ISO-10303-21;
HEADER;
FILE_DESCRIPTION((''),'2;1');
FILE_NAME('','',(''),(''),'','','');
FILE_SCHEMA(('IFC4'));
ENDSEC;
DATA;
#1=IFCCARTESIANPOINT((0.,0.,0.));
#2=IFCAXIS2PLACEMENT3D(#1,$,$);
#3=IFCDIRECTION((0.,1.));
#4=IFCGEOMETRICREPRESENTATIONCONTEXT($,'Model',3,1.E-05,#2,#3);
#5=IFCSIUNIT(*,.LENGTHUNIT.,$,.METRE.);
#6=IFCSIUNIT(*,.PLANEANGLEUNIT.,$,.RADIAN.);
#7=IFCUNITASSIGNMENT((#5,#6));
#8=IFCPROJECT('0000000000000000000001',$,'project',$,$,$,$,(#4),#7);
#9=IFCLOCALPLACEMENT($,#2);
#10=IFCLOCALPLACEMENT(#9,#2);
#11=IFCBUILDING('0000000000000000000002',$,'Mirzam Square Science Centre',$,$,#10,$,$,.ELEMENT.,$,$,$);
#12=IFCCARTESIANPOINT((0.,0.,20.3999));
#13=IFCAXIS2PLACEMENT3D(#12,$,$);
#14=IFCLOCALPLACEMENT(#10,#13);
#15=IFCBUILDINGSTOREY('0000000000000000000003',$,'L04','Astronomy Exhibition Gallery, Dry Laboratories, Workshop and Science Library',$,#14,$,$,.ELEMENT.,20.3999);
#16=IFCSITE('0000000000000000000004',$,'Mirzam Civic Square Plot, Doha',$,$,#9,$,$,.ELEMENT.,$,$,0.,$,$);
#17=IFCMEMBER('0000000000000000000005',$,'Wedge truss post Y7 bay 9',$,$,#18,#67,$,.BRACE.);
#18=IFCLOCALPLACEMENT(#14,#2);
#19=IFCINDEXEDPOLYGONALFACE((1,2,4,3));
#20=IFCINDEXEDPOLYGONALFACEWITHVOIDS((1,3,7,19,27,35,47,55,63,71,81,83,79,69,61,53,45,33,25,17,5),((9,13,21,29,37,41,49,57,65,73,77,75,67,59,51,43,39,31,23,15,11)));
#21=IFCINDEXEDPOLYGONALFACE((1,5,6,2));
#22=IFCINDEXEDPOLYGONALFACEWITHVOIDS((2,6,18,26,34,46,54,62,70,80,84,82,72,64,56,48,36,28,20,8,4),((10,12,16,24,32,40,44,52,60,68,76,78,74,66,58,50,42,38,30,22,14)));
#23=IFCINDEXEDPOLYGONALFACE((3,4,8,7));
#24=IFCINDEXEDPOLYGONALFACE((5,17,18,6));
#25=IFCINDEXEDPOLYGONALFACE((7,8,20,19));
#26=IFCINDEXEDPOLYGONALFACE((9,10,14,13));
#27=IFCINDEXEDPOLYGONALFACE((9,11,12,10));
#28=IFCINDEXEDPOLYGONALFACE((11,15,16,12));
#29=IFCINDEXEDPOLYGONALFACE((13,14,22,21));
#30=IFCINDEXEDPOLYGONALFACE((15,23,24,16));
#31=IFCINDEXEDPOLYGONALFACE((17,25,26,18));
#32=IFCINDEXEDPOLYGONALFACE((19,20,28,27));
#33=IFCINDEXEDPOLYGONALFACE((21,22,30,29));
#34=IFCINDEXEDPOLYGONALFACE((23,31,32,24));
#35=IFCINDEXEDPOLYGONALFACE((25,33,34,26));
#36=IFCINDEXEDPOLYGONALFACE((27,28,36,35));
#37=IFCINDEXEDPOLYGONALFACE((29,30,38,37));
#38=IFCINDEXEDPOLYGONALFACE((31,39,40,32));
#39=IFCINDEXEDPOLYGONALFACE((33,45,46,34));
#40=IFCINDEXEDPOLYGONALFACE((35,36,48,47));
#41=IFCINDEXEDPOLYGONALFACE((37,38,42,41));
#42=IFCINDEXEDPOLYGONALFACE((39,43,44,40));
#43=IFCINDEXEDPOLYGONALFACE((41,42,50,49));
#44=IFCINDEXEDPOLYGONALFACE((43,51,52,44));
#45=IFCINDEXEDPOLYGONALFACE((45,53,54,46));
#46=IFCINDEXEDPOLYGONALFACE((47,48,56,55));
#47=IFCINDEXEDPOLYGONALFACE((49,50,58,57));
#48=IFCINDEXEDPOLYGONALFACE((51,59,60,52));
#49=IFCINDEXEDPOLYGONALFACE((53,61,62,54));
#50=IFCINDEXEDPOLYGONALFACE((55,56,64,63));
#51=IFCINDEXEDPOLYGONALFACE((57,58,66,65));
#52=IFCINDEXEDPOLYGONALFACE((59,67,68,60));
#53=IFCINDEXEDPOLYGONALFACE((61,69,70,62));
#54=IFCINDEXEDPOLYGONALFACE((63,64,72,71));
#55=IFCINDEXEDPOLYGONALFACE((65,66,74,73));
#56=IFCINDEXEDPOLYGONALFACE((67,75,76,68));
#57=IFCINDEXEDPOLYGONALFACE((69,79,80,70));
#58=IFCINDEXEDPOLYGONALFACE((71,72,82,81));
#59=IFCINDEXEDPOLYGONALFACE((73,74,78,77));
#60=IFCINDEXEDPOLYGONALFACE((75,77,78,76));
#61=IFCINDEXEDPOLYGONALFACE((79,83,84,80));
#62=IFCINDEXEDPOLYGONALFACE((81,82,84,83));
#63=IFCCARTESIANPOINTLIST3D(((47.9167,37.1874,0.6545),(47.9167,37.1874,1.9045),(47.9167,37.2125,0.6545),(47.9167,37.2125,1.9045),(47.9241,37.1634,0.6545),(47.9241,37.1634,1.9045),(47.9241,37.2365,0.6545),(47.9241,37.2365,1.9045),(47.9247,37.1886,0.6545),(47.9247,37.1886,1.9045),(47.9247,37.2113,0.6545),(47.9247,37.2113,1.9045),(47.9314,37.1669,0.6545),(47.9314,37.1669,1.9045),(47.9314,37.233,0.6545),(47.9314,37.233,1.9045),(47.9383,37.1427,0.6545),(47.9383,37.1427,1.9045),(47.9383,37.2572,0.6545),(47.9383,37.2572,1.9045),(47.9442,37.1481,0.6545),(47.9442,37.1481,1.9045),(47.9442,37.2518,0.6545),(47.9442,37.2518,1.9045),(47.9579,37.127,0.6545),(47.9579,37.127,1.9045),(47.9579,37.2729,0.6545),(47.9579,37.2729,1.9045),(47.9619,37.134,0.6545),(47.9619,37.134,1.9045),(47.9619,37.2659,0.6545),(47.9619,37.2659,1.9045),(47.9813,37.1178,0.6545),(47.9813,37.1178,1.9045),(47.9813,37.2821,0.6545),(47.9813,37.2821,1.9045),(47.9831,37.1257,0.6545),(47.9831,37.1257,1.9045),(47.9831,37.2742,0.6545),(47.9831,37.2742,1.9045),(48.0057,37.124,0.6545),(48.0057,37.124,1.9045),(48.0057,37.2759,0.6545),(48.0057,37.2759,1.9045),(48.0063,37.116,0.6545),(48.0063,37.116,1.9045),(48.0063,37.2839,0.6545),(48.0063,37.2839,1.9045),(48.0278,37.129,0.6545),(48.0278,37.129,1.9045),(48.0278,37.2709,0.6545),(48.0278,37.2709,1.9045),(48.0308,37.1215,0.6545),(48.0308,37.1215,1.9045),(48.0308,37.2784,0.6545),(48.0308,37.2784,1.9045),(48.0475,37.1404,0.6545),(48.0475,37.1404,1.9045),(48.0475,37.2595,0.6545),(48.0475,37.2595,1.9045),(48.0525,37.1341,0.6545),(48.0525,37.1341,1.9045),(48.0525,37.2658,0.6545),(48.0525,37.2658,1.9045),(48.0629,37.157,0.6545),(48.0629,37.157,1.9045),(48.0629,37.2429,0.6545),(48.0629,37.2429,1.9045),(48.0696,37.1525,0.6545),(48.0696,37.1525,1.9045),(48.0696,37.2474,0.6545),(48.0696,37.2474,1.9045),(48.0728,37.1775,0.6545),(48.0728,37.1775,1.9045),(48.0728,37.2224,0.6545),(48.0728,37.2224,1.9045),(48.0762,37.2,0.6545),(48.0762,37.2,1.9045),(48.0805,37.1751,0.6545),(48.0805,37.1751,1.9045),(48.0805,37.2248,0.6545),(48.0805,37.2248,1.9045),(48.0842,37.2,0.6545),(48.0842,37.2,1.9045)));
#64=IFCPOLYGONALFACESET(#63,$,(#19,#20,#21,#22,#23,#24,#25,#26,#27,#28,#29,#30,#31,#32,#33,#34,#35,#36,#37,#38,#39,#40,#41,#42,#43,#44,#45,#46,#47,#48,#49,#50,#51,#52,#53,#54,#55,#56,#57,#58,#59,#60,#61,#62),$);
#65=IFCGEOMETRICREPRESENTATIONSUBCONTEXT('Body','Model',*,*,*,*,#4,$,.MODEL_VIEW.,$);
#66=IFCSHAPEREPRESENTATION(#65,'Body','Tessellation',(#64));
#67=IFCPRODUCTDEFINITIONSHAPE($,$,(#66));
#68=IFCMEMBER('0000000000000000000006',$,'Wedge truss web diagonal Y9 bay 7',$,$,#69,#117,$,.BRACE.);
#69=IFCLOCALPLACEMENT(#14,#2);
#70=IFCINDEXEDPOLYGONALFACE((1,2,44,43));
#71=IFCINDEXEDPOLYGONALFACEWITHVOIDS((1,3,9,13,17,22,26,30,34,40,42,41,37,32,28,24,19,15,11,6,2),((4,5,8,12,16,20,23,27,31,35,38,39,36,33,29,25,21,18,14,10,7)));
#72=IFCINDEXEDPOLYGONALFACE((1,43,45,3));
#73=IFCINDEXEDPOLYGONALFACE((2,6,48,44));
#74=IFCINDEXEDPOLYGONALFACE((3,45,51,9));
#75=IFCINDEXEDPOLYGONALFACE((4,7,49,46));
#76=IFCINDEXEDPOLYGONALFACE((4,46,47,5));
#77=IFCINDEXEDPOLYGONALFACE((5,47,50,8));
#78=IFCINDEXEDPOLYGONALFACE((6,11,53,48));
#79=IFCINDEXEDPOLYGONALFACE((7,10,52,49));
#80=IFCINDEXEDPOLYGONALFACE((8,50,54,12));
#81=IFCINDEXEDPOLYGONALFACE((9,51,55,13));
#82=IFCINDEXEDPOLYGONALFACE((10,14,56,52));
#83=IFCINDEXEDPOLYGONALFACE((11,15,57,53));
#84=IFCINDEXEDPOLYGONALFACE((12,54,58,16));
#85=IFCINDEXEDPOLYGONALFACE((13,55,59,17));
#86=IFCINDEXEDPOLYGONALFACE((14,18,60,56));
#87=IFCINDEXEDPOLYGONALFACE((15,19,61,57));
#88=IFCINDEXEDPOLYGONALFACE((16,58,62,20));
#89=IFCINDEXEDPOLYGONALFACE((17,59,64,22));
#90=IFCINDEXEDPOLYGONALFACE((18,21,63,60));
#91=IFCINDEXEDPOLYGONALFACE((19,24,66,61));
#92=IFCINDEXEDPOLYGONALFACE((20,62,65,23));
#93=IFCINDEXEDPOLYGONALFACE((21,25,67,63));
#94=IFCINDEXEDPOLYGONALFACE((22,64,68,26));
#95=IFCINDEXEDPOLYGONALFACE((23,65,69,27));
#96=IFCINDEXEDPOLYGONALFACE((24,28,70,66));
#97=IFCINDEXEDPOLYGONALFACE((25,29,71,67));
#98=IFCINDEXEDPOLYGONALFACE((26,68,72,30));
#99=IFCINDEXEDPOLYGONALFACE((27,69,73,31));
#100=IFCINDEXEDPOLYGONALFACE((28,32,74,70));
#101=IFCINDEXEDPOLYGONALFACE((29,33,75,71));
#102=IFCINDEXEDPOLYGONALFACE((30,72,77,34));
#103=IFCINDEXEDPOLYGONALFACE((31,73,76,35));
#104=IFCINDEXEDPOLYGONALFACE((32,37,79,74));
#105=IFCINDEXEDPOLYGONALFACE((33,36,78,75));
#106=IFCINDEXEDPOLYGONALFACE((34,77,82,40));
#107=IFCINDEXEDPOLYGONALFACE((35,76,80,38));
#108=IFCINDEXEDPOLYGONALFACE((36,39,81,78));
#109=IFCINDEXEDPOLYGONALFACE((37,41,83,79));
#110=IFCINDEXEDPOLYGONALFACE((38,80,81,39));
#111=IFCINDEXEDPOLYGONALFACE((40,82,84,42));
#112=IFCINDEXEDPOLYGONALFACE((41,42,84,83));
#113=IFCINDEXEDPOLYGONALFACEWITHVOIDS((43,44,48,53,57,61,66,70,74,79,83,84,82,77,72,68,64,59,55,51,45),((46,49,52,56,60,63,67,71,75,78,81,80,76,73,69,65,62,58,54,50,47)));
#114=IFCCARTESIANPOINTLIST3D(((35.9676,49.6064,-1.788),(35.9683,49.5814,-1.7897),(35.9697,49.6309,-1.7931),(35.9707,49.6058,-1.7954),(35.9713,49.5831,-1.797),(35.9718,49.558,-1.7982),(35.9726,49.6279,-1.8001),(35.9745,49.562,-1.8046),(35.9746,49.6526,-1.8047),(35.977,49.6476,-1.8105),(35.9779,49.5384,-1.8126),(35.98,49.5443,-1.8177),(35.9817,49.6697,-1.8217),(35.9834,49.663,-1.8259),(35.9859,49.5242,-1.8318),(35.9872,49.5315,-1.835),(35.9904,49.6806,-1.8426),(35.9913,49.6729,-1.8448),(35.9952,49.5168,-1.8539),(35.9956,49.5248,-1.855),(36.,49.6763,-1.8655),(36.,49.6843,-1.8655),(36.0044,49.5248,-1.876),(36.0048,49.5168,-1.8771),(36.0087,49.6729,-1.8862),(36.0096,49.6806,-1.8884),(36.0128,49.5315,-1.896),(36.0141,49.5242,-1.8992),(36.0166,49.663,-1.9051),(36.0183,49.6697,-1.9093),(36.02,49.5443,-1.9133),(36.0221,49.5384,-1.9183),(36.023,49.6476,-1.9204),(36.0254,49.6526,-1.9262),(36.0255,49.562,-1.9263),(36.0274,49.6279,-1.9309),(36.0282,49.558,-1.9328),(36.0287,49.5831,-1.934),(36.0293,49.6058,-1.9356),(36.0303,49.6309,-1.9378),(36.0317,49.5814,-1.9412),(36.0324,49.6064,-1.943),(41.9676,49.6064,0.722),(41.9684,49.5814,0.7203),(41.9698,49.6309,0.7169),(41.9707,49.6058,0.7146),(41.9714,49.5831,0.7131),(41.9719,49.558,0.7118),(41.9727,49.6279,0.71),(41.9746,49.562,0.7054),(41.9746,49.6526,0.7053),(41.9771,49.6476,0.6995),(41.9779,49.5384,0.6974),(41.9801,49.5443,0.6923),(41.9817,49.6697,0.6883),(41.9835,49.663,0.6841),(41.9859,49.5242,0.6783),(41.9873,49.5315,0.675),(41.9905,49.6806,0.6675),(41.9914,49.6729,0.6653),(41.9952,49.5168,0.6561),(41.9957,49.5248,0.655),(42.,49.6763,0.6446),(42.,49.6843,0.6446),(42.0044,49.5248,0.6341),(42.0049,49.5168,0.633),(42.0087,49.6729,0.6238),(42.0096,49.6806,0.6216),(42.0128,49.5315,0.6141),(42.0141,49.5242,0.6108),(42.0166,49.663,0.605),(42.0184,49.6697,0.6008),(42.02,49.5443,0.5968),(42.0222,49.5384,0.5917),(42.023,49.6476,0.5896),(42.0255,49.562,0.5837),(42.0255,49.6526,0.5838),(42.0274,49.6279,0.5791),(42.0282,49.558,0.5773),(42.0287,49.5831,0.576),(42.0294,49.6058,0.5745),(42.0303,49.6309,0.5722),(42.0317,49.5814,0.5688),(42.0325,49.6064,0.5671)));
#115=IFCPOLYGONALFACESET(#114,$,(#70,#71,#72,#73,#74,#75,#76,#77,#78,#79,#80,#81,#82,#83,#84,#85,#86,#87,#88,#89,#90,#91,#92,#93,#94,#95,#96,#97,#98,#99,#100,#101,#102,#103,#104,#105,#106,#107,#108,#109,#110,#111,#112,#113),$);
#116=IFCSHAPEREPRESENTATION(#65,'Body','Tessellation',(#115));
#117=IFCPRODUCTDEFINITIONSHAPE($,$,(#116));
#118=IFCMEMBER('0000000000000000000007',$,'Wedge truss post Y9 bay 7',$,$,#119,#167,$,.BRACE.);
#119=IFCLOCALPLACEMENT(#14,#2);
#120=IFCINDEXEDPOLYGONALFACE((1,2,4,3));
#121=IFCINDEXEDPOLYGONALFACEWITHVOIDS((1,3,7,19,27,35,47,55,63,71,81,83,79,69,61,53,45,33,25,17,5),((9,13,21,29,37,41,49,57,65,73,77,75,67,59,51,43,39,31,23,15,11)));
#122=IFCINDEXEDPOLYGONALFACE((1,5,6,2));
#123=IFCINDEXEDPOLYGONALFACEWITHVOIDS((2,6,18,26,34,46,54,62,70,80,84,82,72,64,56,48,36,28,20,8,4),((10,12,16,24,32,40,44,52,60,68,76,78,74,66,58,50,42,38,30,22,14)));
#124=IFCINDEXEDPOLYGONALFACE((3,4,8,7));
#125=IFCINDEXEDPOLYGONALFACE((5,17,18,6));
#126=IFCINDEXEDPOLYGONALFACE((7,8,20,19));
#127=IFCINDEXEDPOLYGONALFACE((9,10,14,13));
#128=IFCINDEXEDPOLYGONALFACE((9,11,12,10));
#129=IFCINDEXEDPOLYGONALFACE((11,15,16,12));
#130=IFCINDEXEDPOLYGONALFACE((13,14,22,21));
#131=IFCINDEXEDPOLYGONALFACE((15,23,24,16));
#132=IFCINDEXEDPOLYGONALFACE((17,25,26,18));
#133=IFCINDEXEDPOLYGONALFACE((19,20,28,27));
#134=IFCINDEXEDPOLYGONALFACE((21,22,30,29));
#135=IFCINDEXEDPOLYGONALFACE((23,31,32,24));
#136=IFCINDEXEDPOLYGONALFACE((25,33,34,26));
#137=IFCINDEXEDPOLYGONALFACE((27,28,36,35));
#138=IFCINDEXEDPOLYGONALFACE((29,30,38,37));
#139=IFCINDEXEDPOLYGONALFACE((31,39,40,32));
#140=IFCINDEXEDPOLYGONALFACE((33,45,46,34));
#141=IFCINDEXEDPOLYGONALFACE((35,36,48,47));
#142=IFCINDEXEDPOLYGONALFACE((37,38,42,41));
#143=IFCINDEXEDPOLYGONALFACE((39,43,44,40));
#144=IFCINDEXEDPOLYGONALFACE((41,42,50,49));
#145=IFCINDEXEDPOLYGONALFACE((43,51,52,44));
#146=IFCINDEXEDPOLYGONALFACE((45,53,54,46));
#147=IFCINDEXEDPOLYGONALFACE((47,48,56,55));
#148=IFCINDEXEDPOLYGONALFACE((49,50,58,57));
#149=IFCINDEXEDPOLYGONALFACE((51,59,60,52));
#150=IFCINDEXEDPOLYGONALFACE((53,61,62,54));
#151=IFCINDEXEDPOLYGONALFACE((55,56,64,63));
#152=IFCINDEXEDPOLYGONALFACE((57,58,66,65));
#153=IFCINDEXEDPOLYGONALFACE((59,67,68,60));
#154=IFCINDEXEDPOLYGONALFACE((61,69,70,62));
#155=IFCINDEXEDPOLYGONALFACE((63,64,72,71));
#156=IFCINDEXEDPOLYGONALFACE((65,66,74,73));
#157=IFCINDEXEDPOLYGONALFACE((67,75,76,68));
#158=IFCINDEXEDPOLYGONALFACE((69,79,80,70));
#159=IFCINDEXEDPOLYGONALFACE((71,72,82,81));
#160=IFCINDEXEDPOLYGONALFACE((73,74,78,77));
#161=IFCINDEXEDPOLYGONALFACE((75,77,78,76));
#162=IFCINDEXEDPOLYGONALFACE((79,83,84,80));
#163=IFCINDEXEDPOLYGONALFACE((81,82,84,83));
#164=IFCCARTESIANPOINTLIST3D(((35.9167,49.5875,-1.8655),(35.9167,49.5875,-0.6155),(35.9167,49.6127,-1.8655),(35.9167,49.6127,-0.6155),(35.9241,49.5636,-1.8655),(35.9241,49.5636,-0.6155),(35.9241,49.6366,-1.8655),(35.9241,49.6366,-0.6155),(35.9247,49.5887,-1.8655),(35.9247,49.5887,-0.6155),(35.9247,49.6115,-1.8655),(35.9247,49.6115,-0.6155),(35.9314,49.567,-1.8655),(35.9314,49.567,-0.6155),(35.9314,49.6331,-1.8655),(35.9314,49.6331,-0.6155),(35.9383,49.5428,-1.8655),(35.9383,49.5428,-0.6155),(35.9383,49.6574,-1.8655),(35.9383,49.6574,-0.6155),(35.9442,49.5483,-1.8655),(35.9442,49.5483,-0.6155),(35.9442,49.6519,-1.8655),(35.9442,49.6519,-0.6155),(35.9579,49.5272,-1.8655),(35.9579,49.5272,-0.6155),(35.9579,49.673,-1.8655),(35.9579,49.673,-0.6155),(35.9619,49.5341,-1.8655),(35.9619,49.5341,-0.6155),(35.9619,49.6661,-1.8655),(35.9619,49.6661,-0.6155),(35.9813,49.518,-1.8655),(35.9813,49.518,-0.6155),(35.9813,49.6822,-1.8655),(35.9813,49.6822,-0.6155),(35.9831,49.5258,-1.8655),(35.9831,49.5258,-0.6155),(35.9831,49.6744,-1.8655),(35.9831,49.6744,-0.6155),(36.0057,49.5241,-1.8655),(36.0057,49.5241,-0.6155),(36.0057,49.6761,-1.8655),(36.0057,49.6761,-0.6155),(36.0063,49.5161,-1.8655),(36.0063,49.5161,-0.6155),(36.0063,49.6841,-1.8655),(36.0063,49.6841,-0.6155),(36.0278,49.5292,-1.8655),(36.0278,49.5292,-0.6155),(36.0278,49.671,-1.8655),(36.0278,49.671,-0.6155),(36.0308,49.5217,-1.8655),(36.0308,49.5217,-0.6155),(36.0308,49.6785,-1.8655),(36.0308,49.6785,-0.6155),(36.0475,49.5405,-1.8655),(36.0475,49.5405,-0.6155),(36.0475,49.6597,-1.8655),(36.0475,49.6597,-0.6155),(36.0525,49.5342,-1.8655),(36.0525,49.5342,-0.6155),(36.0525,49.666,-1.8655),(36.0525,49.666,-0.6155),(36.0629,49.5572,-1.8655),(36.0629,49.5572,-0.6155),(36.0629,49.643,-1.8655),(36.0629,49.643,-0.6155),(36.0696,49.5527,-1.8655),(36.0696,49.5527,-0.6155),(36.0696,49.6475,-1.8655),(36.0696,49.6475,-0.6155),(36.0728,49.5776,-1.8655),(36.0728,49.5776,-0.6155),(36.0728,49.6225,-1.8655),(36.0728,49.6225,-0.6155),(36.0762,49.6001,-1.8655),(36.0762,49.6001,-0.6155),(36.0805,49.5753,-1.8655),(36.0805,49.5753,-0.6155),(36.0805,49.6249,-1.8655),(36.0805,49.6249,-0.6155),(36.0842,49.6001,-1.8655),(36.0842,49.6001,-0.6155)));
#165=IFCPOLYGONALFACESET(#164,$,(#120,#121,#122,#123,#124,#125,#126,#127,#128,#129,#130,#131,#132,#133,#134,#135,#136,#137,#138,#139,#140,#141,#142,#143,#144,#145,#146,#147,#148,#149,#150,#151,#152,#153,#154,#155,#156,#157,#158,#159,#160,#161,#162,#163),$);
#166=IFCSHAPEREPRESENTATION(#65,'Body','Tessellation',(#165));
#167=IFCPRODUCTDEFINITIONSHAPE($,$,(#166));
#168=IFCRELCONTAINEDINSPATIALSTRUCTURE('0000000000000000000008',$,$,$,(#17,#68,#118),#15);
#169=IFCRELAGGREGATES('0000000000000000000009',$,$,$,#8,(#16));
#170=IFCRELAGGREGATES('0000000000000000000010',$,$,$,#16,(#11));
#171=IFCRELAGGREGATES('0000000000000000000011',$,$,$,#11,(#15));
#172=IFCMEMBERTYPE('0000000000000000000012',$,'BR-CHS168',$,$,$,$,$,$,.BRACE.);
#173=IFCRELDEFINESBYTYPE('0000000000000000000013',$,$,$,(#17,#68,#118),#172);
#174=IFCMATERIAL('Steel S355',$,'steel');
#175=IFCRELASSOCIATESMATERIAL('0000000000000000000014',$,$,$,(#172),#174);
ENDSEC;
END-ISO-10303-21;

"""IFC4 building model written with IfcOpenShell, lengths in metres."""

from ifc_helpers import new_model, si_unit, direction, frame, origin, origin_2d, place, context, subcontext, project, spatial, hollow_circle, extrude, material, material_profile, profile_set, type_object, element, save


model = new_model("IFC4")

# Units and contexts
model_context = context("Model", 3, precision=1e-05, world=origin(), true_north=direction((0.0, 1.0)))
body_context = subcontext(model_context, "Body", "Model", "MODEL_VIEW")
ifc_project = project(units=[si_unit("LENGTHUNIT", "METRE"), si_unit("PLANEANGLEUNIT", "RADIAN")], contexts=[model_context])

# Site, building, storey
site_placement = place(None, origin())
site = spatial("IfcSite", under=ifc_project, at=site_placement, Name="Mirzam Civic Square Plot, Doha", CompositionType="ELEMENT", RefElevation=0.0)
building_placement = place(site_placement, origin())
building = spatial("IfcBuilding", under=site, at=building_placement, Name="Mirzam Square Science Centre", CompositionType="ELEMENT")
storey_placement = place(building_placement, frame((0.0, 0.0, 20.3999)))
storey = spatial("IfcBuildingStorey", under=building, at=storey_placement, Name="L04", Description="Astronomy Exhibition Gallery, Dry Laboratories, Workshop and Science Library", CompositionType="ELEMENT", Elevation=20.3999)

# Members
ifc_material_1 = material(Name="Steel S355", Category="steel")
ifc_material_profile_1 = material_profile(ifc_material_1, hollow_circle(Radius=0.0842, WallThickness=0.0081, at=origin_2d()), Name="168.3x8.0CHS")
ifc_profile_set_1 = profile_set([ifc_material_profile_1], Name="Steel S355")
member_type_1 = type_object("IfcMemberType", Name="BR-CHS168", PredefinedType="BRACE", material=ifc_profile_set_1)
member_1_placement = place(storey_placement, frame((48.0, 37.2, 0.6545), z_axis=(0.0, 0.0, 1.0), x_axis=(1.0, 0.0, 0.0)))
element("IfcMember", 1, at=member_1_placement, inside=storey, type_object=member_type_1, Name="Wedge truss post Y7 bay 9", PredefinedType="BRACE", context=body_context, shape_type="SweptSolid", body=[
    extrude(hollow_circle(Radius=0.0842, WallThickness=0.0081, at=origin_2d()), origin(), (0.0, 0.0, 1.0), 1.25),
])
member_2_placement = place(storey_placement, frame((36.0, 49.6001, -1.8655), z_axis=(0.92253, 0.0, 0.385926), x_axis=(0.0, 1.0, 0.0)))
element("IfcMember", 2, at=member_2_placement, inside=storey, type_object=member_type_1, Name="Wedge truss web diagonal Y9 bay 7", PredefinedType="BRACE", context=body_context, shape_type="SweptSolid", body=[
    extrude(hollow_circle(Radius=0.0842, WallThickness=0.0081, at=origin_2d()), origin(), (0.0, 0.0, 1.0), 6.5039),
])
member_3_placement = place(storey_placement, frame((36.0, 49.6001, -1.8655), z_axis=(0.0, 0.0, 1.0), x_axis=(1.0, 0.0, 0.0)))
element("IfcMember", 3, at=member_3_placement, inside=storey, type_object=member_type_1, Name="Wedge truss post Y9 bay 7", PredefinedType="BRACE", context=body_context, shape_type="SweptSolid", body=[
    extrude(hollow_circle(Radius=0.0842, WallThickness=0.0081, at=origin_2d()), origin(), (0.0, 0.0, 1.0), 1.25),
])

save(model, "model.ifc")
